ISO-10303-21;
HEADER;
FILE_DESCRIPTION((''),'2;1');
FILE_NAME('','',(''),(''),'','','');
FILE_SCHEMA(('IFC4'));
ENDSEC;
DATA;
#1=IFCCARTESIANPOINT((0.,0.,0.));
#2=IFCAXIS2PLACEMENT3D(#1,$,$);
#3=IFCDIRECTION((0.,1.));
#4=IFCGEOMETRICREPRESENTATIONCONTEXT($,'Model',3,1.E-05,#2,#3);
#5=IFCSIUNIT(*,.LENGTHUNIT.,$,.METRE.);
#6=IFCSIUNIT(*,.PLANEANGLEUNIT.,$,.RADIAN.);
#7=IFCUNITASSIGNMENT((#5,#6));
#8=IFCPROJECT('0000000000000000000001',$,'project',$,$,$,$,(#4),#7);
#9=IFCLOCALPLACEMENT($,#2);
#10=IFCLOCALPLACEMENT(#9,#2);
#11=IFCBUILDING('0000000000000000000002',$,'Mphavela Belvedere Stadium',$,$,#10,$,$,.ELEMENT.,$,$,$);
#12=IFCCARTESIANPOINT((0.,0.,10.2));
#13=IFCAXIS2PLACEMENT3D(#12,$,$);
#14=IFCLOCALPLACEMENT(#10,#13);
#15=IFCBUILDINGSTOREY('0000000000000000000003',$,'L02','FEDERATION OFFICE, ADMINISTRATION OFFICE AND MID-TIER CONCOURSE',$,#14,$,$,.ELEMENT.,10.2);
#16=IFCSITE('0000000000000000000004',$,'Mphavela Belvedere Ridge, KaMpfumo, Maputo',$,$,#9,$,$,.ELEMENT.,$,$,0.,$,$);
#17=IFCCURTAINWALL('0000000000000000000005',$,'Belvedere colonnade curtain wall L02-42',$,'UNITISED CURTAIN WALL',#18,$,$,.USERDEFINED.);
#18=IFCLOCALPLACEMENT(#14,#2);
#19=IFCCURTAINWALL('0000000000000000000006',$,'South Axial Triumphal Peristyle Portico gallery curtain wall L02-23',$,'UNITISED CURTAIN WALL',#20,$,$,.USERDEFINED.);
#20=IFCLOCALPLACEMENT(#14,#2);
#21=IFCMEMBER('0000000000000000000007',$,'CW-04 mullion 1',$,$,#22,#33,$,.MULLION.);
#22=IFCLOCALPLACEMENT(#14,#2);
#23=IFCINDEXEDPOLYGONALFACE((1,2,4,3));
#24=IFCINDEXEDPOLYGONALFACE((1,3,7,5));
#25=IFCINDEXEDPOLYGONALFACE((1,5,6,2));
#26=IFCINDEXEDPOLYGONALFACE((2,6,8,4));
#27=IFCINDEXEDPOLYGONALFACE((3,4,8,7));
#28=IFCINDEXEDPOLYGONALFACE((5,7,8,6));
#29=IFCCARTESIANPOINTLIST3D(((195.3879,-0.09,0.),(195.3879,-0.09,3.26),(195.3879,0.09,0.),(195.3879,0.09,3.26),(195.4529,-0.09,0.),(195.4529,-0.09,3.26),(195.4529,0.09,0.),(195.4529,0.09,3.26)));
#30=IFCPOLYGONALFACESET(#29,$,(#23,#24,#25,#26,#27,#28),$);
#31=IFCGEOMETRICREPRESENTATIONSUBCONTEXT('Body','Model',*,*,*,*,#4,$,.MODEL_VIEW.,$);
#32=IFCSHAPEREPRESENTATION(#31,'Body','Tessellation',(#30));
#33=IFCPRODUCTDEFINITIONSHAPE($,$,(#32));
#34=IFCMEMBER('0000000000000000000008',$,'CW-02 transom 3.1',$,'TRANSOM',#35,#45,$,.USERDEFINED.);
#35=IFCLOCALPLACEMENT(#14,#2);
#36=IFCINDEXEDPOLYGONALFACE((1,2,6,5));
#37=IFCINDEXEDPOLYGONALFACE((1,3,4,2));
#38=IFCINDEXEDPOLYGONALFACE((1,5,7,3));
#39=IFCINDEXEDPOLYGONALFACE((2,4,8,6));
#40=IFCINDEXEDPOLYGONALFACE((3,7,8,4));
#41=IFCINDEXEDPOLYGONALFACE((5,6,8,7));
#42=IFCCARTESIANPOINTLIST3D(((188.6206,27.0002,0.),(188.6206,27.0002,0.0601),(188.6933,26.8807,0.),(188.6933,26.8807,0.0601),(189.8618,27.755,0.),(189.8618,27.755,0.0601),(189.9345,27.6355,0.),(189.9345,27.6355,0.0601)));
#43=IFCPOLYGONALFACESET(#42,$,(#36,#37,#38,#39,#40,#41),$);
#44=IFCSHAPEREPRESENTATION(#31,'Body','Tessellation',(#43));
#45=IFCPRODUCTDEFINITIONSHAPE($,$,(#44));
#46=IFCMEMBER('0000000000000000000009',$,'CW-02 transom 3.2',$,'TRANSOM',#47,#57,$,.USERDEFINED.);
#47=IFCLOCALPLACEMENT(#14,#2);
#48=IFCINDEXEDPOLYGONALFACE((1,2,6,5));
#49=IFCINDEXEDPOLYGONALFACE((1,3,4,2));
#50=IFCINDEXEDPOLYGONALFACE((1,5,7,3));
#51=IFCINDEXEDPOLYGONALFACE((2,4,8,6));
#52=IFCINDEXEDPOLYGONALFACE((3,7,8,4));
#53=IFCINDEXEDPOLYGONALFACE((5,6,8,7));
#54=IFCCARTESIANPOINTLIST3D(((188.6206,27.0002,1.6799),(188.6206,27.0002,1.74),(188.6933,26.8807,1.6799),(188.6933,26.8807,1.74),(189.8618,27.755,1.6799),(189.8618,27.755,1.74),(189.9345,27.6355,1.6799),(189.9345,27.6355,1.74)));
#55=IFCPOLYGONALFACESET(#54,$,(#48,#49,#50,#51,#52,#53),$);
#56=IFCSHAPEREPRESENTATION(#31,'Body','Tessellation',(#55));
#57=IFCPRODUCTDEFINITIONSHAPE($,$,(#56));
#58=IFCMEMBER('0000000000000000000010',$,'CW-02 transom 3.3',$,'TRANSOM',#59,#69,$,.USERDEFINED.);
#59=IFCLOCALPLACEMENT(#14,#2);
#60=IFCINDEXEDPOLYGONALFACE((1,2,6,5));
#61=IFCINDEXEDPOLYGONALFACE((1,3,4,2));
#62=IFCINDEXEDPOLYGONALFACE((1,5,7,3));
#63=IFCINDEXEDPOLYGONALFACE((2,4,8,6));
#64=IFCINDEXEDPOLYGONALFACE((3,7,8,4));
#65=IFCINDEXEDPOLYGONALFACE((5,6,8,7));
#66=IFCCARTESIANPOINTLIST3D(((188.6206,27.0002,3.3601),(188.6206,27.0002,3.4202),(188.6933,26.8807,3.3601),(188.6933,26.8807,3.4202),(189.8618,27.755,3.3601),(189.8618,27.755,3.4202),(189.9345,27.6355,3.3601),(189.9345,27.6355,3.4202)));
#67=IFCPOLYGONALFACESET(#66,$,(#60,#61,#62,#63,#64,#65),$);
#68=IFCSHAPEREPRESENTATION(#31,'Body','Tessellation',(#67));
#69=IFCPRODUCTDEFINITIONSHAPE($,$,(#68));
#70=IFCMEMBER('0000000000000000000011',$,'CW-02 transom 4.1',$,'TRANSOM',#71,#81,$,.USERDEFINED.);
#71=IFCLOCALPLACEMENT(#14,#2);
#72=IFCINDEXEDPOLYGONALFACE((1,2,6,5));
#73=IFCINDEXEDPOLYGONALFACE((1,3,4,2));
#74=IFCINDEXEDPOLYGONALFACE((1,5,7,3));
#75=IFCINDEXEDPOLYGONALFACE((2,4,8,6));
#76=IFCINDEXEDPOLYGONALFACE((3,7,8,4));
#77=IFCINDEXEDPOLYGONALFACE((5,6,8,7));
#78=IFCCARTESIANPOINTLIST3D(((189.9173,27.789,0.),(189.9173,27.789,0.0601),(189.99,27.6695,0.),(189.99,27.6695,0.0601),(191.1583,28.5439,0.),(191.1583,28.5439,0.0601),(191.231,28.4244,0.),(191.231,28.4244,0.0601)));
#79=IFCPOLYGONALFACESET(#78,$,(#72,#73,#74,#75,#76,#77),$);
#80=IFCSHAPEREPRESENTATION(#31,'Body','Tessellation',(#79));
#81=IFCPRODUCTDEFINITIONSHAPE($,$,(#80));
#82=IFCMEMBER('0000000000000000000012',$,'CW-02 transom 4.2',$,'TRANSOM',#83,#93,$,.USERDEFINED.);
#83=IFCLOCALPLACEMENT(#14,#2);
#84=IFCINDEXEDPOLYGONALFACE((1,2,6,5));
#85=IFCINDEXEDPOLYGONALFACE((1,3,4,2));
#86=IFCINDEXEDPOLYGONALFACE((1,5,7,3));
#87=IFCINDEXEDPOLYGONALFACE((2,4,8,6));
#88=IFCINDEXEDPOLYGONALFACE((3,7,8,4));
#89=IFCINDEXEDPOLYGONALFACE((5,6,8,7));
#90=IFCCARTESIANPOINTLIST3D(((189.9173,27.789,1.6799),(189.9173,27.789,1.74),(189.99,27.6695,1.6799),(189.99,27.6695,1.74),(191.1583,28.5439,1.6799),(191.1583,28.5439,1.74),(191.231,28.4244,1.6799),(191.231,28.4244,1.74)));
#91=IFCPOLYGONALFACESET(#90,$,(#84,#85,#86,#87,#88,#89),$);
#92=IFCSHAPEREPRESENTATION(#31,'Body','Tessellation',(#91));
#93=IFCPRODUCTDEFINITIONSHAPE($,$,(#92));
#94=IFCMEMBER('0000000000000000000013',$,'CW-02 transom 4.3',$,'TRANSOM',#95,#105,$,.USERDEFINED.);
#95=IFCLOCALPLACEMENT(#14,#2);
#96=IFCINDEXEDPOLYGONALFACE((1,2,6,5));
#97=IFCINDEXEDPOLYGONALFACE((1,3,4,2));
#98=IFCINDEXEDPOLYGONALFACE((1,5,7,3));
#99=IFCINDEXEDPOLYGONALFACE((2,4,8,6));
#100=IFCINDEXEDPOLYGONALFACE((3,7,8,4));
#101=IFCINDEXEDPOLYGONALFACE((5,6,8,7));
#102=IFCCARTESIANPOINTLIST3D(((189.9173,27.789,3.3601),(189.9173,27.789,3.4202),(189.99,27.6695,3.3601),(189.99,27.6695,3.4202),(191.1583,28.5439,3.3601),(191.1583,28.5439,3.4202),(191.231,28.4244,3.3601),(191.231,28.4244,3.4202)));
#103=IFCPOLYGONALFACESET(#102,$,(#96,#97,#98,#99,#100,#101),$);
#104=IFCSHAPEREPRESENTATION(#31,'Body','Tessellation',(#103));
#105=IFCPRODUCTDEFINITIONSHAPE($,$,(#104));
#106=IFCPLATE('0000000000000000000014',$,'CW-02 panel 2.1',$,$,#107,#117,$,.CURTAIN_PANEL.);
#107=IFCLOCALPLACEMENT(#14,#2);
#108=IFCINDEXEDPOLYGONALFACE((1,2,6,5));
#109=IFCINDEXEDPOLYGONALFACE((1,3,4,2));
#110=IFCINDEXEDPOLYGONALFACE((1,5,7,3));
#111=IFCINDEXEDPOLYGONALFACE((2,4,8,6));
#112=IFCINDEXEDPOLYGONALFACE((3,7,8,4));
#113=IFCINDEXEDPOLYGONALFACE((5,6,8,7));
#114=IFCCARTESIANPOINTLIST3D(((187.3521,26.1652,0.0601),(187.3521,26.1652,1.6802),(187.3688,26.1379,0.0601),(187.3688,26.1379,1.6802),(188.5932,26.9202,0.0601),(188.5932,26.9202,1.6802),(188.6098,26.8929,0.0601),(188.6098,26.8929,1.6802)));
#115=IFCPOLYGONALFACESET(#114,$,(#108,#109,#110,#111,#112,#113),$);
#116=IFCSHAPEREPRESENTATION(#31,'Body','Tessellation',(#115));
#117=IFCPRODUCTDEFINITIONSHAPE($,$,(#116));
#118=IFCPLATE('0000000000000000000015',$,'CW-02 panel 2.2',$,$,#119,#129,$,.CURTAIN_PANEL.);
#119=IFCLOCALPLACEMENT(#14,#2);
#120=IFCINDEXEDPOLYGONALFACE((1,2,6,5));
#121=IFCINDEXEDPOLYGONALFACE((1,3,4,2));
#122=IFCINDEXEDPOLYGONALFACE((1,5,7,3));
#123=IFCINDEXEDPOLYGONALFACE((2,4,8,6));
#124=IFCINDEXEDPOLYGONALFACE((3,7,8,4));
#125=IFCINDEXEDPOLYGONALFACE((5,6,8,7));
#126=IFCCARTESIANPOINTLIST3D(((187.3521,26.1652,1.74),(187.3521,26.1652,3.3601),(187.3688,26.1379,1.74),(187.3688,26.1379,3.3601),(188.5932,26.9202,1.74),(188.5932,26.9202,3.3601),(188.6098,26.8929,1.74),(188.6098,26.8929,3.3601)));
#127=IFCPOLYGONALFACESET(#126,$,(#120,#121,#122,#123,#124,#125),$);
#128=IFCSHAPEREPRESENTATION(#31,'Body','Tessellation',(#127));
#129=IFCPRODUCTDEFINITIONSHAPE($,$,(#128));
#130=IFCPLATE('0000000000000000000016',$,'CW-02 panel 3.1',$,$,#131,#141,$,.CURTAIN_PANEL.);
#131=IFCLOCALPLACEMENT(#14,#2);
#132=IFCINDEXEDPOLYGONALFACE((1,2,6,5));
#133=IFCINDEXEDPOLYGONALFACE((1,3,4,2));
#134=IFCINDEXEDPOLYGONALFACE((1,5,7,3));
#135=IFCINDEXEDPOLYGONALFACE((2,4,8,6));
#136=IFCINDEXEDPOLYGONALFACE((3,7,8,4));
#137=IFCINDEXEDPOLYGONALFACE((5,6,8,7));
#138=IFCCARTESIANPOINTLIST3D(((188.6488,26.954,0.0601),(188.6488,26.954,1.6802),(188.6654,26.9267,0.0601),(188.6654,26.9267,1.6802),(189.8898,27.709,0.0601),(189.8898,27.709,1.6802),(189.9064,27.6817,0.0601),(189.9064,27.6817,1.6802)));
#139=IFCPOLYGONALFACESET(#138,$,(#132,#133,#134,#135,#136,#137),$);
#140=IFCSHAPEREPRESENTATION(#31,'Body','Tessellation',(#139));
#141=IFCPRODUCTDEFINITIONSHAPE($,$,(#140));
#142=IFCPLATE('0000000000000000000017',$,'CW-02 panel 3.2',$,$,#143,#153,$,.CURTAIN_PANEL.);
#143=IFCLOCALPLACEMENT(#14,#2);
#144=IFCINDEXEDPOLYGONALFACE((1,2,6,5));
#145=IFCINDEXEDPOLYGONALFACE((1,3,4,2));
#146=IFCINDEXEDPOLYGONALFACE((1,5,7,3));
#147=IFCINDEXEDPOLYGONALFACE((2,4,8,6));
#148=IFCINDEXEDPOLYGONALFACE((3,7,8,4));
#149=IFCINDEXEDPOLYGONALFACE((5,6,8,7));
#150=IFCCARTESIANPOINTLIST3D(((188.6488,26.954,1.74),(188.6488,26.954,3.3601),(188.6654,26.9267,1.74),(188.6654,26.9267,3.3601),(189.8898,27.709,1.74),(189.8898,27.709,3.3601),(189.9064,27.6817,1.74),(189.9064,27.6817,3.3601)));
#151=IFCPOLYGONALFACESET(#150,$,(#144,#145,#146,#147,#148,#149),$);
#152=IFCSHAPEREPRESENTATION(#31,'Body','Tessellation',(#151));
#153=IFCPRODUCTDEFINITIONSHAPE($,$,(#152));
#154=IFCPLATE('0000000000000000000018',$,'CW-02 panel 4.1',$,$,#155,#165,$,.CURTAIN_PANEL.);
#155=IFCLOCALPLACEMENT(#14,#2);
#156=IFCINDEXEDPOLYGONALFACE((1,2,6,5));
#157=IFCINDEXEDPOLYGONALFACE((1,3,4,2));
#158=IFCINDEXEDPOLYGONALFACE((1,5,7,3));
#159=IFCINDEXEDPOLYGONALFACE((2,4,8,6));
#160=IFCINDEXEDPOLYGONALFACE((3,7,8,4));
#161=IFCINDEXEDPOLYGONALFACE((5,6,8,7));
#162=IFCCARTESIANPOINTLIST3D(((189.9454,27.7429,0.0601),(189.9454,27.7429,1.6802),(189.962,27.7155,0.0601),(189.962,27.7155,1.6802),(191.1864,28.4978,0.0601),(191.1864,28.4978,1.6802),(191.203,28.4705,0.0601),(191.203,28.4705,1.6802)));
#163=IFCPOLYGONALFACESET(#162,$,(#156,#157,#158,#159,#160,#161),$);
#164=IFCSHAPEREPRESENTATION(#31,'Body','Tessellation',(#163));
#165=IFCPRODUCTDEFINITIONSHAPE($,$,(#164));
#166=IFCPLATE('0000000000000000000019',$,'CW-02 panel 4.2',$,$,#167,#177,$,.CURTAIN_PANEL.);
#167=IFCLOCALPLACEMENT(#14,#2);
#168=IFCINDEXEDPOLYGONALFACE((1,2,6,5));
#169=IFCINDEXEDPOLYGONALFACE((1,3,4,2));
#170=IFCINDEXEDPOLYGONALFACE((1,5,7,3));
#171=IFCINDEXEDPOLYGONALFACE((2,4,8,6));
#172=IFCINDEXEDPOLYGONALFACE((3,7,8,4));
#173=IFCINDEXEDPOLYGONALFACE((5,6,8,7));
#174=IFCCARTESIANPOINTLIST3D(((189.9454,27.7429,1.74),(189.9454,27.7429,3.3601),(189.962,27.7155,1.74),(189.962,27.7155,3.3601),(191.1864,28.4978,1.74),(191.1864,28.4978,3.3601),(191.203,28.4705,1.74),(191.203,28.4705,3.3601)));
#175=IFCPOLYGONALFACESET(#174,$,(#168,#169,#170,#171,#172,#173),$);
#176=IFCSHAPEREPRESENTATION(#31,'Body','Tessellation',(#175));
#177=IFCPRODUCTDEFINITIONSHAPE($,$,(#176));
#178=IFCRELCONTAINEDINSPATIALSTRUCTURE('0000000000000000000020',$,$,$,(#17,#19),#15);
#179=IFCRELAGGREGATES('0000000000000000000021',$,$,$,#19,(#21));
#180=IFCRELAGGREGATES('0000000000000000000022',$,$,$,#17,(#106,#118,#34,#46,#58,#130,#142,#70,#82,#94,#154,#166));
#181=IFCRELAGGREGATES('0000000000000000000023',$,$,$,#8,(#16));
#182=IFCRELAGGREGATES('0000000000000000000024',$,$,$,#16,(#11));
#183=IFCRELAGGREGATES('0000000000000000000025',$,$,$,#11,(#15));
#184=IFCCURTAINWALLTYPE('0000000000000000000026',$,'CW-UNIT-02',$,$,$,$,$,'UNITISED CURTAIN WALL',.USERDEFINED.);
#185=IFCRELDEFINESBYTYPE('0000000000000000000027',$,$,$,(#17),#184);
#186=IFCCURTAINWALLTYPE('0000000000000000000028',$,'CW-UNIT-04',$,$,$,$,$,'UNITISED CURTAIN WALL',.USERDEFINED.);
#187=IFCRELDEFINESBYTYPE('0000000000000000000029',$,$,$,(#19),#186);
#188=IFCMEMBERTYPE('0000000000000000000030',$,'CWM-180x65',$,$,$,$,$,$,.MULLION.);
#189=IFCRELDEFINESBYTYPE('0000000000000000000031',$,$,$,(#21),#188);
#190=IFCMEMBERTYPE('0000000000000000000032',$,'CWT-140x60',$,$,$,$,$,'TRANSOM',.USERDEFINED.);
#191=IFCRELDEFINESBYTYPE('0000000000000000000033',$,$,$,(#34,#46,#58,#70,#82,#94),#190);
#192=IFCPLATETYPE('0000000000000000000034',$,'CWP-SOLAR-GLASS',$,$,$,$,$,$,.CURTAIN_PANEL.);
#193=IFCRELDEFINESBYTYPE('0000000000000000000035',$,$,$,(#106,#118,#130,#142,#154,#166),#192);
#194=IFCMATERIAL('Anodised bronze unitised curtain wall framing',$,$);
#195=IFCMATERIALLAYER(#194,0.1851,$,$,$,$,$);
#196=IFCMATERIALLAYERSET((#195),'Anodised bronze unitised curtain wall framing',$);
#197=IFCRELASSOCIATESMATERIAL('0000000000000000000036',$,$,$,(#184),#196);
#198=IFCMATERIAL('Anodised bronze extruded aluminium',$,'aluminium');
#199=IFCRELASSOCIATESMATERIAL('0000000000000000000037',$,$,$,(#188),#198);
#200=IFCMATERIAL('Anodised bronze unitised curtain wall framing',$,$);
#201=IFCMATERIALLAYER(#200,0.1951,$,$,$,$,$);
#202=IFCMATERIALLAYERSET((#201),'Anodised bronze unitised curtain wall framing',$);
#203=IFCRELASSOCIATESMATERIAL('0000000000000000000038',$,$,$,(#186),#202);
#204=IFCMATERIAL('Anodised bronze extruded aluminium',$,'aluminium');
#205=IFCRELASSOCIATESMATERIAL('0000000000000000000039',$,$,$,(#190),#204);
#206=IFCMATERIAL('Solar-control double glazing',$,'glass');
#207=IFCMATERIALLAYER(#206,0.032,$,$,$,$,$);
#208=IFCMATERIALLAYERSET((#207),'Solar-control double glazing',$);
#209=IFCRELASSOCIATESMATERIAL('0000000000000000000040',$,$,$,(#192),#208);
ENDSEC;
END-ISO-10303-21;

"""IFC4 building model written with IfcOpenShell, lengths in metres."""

from ifc_helpers import new_model, si_unit, direction, frame, origin, origin_2d, place, context, subcontext, project, spatial, rectangle, extrude, material, layer, layer_set, material_profile, profile_set, type_object, element, aggregate, save


model = new_model("IFC4")

# Units and contexts
model_context = context("Model", 3, precision=1e-05, world=origin(), true_north=direction((0.0, 1.0)))
body_context = subcontext(model_context, "Body", "Model", "MODEL_VIEW")
ifc_project = project(units=[si_unit("LENGTHUNIT", "METRE"), si_unit("PLANEANGLEUNIT", "RADIAN")], contexts=[model_context])

# Site, building, storey
site_placement = place(None, origin())
site = spatial("IfcSite", under=ifc_project, at=site_placement, Name="Mphavela Belvedere Ridge, KaMpfumo, Maputo", CompositionType="ELEMENT", RefElevation=0.0)
building_placement = place(site_placement, origin())
building = spatial("IfcBuilding", under=site, at=building_placement, Name="Mphavela Belvedere Stadium", CompositionType="ELEMENT")
storey_placement = place(building_placement, frame((0.0, 0.0, 10.2)))
storey = spatial("IfcBuildingStorey", under=building, at=storey_placement, Name="L02", Description="FEDERATION OFFICE, ADMINISTRATION OFFICE AND MID-TIER CONCOURSE", CompositionType="ELEMENT", Elevation=10.2)

# Curtain wall
ifc_material_1 = material(Name="Anodised bronze unitised curtain wall framing")
ifc_layer_1 = layer(ifc_material_1, 0.1851)
ifc_layer_set_1 = layer_set([ifc_layer_1], Name="Anodised bronze unitised curtain wall framing")
curtain_wall_type_1 = type_object("IfcCurtainWallType", Name="CW-UNIT-02", ElementType="UNITISED CURTAIN WALL", PredefinedType="USERDEFINED", material=ifc_layer_set_1)
curtain_wall_1_placement = place(storey_placement, origin())
curtain_wall_1 = element("IfcCurtainWall", 1, at=curtain_wall_1_placement, inside=storey, type_object=curtain_wall_type_1, Name="Belvedere colonnade curtain wall L02-42", ObjectType="UNITISED CURTAIN WALL", PredefinedType="USERDEFINED")
ifc_material_2 = material(Name="Anodised bronze extruded aluminium", Category="aluminium")
ifc_material_profile_1 = material_profile(ifc_material_2, rectangle(XDim=0.1799, YDim=0.0649, at=origin_2d()), Name="CW-MUL 180x65")
ifc_profile_set_1 = profile_set([ifc_material_profile_1], Name="Anodised bronze extruded aluminium")
member_type_1 = type_object("IfcMemberType", Name="CWM-180x65", PredefinedType="MULLION", material=ifc_profile_set_1)

# Curtain wall, member
ifc_material_3 = material(Name="Anodised bronze unitised curtain wall framing")
ifc_layer_2 = layer(ifc_material_3, 0.1951)
ifc_layer_set_2 = layer_set([ifc_layer_2], Name="Anodised bronze unitised curtain wall framing")
curtain_wall_type_2 = type_object("IfcCurtainWallType", Name="CW-UNIT-04", ElementType="UNITISED CURTAIN WALL", PredefinedType="USERDEFINED", material=ifc_layer_set_2)
curtain_wall_2_placement = place(storey_placement, origin())
curtain_wall_2 = element("IfcCurtainWall", 2, at=curtain_wall_2_placement, inside=storey, type_object=curtain_wall_type_2, Name="South Axial Triumphal Peristyle Portico gallery curtain wall L02-23", ObjectType="UNITISED CURTAIN WALL", PredefinedType="USERDEFINED")
member_1_placement = place(storey_placement, frame((195.4204, 0.0, 0.0), z_axis=(0.0, 0.0, 1.0), x_axis=(0.0, -1.0, 0.0)))
member_1 = element("IfcMember", 3, at=member_1_placement, type_object=member_type_1, Name="CW-04 mullion 1", PredefinedType="MULLION", context=body_context, shape_type="SweptSolid", body=[
    extrude(rectangle(XDim=0.1799, YDim=0.0649, at=origin_2d()), origin(), (0.0, 0.0, 1.0), 3.26),
])
aggregate(curtain_wall_2, [member_1])

# Members
ifc_material_4 = material(Name="Anodised bronze extruded aluminium", Category="aluminium")
ifc_material_profile_2 = material_profile(ifc_material_4, rectangle(XDim=0.1399, YDim=0.0601, at=origin_2d()), Name="CW-TRN 140x60")
ifc_profile_set_2 = profile_set([ifc_material_profile_2], Name="Anodised bronze extruded aluminium")
member_type_2 = type_object("IfcMemberType", Name="CWT-140x60", ElementType="TRANSOM", PredefinedType="USERDEFINED", material=ifc_profile_set_2)
member_2_placement = place(storey_placement, frame((188.657, 26.9404, 0.03), z_axis=(0.854393, 0.519627, 0.0), x_axis=(-0.519627, 0.854393, 0.0)))
member_2 = element("IfcMember", 4, at=member_2_placement, type_object=member_type_2, Name="CW-02 transom 3.1", ObjectType="TRANSOM", PredefinedType="USERDEFINED", context=body_context, shape_type="SweptSolid", body=[
    extrude(rectangle(XDim=0.1399, YDim=0.0601, at=origin_2d()), origin(), (0.0, 0.0, 1.0), 1.4526),
])
member_3_placement = place(storey_placement, frame((188.657, 26.9404, 1.71), z_axis=(0.854393, 0.519627, 0.0), x_axis=(-0.519627, 0.854393, 0.0)))
member_3 = element("IfcMember", 5, at=member_3_placement, type_object=member_type_2, Name="CW-02 transom 3.2", ObjectType="TRANSOM", PredefinedType="USERDEFINED", context=body_context, shape_type="SweptSolid", body=[
    extrude(rectangle(XDim=0.1399, YDim=0.0601, at=origin_2d()), origin(), (0.0, 0.0, 1.0), 1.4526),
])
member_4_placement = place(storey_placement, frame((188.657, 26.9404, 3.3901), z_axis=(0.854393, 0.519627, 0.0), x_axis=(-0.519627, 0.854393, 0.0)))
member_4 = element("IfcMember", 6, at=member_4_placement, type_object=member_type_2, Name="CW-02 transom 3.3", ObjectType="TRANSOM", PredefinedType="USERDEFINED", context=body_context, shape_type="SweptSolid", body=[
    extrude(rectangle(XDim=0.1399, YDim=0.0601, at=origin_2d()), origin(), (0.0, 0.0, 1.0), 1.4526),
])
member_5_placement = place(storey_placement, frame((189.9536, 27.7292, 0.03), z_axis=(0.854348, 0.519702, 0.0), x_axis=(-0.519702, 0.854348, 0.0)))
member_5 = element("IfcMember", 7, at=member_5_placement, type_object=member_type_2, Name="CW-02 transom 4.1", ObjectType="TRANSOM", PredefinedType="USERDEFINED", context=body_context, shape_type="SweptSolid", body=[
    extrude(rectangle(XDim=0.1399, YDim=0.0601, at=origin_2d()), origin(), (0.0, 0.0, 1.0), 1.4526),
])
member_6_placement = place(storey_placement, frame((189.9536, 27.7292, 1.71), z_axis=(0.854348, 0.519702, 0.0), x_axis=(-0.519702, 0.854348, 0.0)))
member_6 = element("IfcMember", 8, at=member_6_placement, type_object=member_type_2, Name="CW-02 transom 4.2", ObjectType="TRANSOM", PredefinedType="USERDEFINED", context=body_context, shape_type="SweptSolid", body=[
    extrude(rectangle(XDim=0.1399, YDim=0.0601, at=origin_2d()), origin(), (0.0, 0.0, 1.0), 1.4526),
])
member_7_placement = place(storey_placement, frame((189.9536, 27.7292, 3.3901), z_axis=(0.854348, 0.519702, 0.0), x_axis=(-0.519702, 0.854348, 0.0)))
member_7 = element("IfcMember", 9, at=member_7_placement, type_object=member_type_2, Name="CW-02 transom 4.3", ObjectType="TRANSOM", PredefinedType="USERDEFINED", context=body_context, shape_type="SweptSolid", body=[
    extrude(rectangle(XDim=0.1399, YDim=0.0601, at=origin_2d()), origin(), (0.0, 0.0, 1.0), 1.4526),
])

# Plates
ifc_material_5 = material(Name="Solar-control double glazing", Category="glass")
ifc_layer_3 = layer(ifc_material_5, 0.032)
ifc_layer_set_3 = layer_set([ifc_layer_3], Name="Solar-control double glazing")
plate_type = type_object("IfcPlateType", Name="CWP-SOLAR-GLASS", PredefinedType="CURTAIN_PANEL", material=ifc_layer_set_3)
plate_1_placement = place(storey_placement, frame((187.981, 26.5291, 0.0601), z_axis=(0.0, 0.0, 1.0), x_axis=(0.85433, 0.519732, 0.0)))
plate_1 = element("IfcPlate", 10, at=plate_1_placement, type_object=plate_type, Name="CW-02 panel 2.1", PredefinedType="CURTAIN_PANEL", context=body_context, shape_type="SweptSolid", body=[
    extrude(rectangle(XDim=1.4526, YDim=0.032, at=origin_2d()), origin(), (0.0, 0.0, 1.0), 1.6201),
])
plate_2_placement = place(storey_placement, frame((187.981, 26.5291, 1.74), z_axis=(0.0, 0.0, 1.0), x_axis=(0.85433, 0.519732, 0.0)))
plate_2 = element("IfcPlate", 11, at=plate_2_placement, type_object=plate_type, Name="CW-02 panel 2.2", PredefinedType="CURTAIN_PANEL", context=body_context, shape_type="SweptSolid", body=[
    extrude(rectangle(XDim=1.4526, YDim=0.032, at=origin_2d()), origin(), (0.0, 0.0, 1.0), 1.6201),
])
plate_3_placement = place(storey_placement, frame((189.2776, 27.3179, 0.0601), z_axis=(0.0, 0.0, 1.0), x_axis=(0.85433, 0.519732, 0.0)))
plate_3 = element("IfcPlate", 12, at=plate_3_placement, type_object=plate_type, Name="CW-02 panel 3.1", PredefinedType="CURTAIN_PANEL", context=body_context, shape_type="SweptSolid", body=[
    extrude(rectangle(XDim=1.4526, YDim=0.032, at=origin_2d()), origin(), (0.0, 0.0, 1.0), 1.6201),
])
plate_4_placement = place(storey_placement, frame((189.2776, 27.3179, 1.74), z_axis=(0.0, 0.0, 1.0), x_axis=(0.85433, 0.519732, 0.0)))
plate_4 = element("IfcPlate", 13, at=plate_4_placement, type_object=plate_type, Name="CW-02 panel 3.2", PredefinedType="CURTAIN_PANEL", context=body_context, shape_type="SweptSolid", body=[
    extrude(rectangle(XDim=1.4526, YDim=0.032, at=origin_2d()), origin(), (0.0, 0.0, 1.0), 1.6201),
])
plate_5_placement = place(storey_placement, frame((190.5742, 28.1067, 0.0601), z_axis=(0.0, 0.0, 1.0), x_axis=(0.85433, 0.519732, 0.0)))
plate_5 = element("IfcPlate", 14, at=plate_5_placement, type_object=plate_type, Name="CW-02 panel 4.1", PredefinedType="CURTAIN_PANEL", context=body_context, shape_type="SweptSolid", body=[
    extrude(rectangle(XDim=1.4526, YDim=0.032, at=origin_2d()), origin(), (0.0, 0.0, 1.0), 1.6201),
])
plate_6_placement = place(storey_placement, frame((190.5742, 28.1067, 1.74), z_axis=(0.0, 0.0, 1.0), x_axis=(0.85433, 0.519732, 0.0)))
plate_6 = element("IfcPlate", 15, at=plate_6_placement, type_object=plate_type, Name="CW-02 panel 4.2", PredefinedType="CURTAIN_PANEL", context=body_context, shape_type="SweptSolid", body=[
    extrude(rectangle(XDim=1.4526, YDim=0.032, at=origin_2d()), origin(), (0.0, 0.0, 1.0), 1.6201),
])
aggregate(curtain_wall_1, [plate_1, plate_2, member_2, member_3, member_4, plate_3, plate_4, member_5, member_6, member_7, plate_5, plate_6])

save(model, "model.ifc")
